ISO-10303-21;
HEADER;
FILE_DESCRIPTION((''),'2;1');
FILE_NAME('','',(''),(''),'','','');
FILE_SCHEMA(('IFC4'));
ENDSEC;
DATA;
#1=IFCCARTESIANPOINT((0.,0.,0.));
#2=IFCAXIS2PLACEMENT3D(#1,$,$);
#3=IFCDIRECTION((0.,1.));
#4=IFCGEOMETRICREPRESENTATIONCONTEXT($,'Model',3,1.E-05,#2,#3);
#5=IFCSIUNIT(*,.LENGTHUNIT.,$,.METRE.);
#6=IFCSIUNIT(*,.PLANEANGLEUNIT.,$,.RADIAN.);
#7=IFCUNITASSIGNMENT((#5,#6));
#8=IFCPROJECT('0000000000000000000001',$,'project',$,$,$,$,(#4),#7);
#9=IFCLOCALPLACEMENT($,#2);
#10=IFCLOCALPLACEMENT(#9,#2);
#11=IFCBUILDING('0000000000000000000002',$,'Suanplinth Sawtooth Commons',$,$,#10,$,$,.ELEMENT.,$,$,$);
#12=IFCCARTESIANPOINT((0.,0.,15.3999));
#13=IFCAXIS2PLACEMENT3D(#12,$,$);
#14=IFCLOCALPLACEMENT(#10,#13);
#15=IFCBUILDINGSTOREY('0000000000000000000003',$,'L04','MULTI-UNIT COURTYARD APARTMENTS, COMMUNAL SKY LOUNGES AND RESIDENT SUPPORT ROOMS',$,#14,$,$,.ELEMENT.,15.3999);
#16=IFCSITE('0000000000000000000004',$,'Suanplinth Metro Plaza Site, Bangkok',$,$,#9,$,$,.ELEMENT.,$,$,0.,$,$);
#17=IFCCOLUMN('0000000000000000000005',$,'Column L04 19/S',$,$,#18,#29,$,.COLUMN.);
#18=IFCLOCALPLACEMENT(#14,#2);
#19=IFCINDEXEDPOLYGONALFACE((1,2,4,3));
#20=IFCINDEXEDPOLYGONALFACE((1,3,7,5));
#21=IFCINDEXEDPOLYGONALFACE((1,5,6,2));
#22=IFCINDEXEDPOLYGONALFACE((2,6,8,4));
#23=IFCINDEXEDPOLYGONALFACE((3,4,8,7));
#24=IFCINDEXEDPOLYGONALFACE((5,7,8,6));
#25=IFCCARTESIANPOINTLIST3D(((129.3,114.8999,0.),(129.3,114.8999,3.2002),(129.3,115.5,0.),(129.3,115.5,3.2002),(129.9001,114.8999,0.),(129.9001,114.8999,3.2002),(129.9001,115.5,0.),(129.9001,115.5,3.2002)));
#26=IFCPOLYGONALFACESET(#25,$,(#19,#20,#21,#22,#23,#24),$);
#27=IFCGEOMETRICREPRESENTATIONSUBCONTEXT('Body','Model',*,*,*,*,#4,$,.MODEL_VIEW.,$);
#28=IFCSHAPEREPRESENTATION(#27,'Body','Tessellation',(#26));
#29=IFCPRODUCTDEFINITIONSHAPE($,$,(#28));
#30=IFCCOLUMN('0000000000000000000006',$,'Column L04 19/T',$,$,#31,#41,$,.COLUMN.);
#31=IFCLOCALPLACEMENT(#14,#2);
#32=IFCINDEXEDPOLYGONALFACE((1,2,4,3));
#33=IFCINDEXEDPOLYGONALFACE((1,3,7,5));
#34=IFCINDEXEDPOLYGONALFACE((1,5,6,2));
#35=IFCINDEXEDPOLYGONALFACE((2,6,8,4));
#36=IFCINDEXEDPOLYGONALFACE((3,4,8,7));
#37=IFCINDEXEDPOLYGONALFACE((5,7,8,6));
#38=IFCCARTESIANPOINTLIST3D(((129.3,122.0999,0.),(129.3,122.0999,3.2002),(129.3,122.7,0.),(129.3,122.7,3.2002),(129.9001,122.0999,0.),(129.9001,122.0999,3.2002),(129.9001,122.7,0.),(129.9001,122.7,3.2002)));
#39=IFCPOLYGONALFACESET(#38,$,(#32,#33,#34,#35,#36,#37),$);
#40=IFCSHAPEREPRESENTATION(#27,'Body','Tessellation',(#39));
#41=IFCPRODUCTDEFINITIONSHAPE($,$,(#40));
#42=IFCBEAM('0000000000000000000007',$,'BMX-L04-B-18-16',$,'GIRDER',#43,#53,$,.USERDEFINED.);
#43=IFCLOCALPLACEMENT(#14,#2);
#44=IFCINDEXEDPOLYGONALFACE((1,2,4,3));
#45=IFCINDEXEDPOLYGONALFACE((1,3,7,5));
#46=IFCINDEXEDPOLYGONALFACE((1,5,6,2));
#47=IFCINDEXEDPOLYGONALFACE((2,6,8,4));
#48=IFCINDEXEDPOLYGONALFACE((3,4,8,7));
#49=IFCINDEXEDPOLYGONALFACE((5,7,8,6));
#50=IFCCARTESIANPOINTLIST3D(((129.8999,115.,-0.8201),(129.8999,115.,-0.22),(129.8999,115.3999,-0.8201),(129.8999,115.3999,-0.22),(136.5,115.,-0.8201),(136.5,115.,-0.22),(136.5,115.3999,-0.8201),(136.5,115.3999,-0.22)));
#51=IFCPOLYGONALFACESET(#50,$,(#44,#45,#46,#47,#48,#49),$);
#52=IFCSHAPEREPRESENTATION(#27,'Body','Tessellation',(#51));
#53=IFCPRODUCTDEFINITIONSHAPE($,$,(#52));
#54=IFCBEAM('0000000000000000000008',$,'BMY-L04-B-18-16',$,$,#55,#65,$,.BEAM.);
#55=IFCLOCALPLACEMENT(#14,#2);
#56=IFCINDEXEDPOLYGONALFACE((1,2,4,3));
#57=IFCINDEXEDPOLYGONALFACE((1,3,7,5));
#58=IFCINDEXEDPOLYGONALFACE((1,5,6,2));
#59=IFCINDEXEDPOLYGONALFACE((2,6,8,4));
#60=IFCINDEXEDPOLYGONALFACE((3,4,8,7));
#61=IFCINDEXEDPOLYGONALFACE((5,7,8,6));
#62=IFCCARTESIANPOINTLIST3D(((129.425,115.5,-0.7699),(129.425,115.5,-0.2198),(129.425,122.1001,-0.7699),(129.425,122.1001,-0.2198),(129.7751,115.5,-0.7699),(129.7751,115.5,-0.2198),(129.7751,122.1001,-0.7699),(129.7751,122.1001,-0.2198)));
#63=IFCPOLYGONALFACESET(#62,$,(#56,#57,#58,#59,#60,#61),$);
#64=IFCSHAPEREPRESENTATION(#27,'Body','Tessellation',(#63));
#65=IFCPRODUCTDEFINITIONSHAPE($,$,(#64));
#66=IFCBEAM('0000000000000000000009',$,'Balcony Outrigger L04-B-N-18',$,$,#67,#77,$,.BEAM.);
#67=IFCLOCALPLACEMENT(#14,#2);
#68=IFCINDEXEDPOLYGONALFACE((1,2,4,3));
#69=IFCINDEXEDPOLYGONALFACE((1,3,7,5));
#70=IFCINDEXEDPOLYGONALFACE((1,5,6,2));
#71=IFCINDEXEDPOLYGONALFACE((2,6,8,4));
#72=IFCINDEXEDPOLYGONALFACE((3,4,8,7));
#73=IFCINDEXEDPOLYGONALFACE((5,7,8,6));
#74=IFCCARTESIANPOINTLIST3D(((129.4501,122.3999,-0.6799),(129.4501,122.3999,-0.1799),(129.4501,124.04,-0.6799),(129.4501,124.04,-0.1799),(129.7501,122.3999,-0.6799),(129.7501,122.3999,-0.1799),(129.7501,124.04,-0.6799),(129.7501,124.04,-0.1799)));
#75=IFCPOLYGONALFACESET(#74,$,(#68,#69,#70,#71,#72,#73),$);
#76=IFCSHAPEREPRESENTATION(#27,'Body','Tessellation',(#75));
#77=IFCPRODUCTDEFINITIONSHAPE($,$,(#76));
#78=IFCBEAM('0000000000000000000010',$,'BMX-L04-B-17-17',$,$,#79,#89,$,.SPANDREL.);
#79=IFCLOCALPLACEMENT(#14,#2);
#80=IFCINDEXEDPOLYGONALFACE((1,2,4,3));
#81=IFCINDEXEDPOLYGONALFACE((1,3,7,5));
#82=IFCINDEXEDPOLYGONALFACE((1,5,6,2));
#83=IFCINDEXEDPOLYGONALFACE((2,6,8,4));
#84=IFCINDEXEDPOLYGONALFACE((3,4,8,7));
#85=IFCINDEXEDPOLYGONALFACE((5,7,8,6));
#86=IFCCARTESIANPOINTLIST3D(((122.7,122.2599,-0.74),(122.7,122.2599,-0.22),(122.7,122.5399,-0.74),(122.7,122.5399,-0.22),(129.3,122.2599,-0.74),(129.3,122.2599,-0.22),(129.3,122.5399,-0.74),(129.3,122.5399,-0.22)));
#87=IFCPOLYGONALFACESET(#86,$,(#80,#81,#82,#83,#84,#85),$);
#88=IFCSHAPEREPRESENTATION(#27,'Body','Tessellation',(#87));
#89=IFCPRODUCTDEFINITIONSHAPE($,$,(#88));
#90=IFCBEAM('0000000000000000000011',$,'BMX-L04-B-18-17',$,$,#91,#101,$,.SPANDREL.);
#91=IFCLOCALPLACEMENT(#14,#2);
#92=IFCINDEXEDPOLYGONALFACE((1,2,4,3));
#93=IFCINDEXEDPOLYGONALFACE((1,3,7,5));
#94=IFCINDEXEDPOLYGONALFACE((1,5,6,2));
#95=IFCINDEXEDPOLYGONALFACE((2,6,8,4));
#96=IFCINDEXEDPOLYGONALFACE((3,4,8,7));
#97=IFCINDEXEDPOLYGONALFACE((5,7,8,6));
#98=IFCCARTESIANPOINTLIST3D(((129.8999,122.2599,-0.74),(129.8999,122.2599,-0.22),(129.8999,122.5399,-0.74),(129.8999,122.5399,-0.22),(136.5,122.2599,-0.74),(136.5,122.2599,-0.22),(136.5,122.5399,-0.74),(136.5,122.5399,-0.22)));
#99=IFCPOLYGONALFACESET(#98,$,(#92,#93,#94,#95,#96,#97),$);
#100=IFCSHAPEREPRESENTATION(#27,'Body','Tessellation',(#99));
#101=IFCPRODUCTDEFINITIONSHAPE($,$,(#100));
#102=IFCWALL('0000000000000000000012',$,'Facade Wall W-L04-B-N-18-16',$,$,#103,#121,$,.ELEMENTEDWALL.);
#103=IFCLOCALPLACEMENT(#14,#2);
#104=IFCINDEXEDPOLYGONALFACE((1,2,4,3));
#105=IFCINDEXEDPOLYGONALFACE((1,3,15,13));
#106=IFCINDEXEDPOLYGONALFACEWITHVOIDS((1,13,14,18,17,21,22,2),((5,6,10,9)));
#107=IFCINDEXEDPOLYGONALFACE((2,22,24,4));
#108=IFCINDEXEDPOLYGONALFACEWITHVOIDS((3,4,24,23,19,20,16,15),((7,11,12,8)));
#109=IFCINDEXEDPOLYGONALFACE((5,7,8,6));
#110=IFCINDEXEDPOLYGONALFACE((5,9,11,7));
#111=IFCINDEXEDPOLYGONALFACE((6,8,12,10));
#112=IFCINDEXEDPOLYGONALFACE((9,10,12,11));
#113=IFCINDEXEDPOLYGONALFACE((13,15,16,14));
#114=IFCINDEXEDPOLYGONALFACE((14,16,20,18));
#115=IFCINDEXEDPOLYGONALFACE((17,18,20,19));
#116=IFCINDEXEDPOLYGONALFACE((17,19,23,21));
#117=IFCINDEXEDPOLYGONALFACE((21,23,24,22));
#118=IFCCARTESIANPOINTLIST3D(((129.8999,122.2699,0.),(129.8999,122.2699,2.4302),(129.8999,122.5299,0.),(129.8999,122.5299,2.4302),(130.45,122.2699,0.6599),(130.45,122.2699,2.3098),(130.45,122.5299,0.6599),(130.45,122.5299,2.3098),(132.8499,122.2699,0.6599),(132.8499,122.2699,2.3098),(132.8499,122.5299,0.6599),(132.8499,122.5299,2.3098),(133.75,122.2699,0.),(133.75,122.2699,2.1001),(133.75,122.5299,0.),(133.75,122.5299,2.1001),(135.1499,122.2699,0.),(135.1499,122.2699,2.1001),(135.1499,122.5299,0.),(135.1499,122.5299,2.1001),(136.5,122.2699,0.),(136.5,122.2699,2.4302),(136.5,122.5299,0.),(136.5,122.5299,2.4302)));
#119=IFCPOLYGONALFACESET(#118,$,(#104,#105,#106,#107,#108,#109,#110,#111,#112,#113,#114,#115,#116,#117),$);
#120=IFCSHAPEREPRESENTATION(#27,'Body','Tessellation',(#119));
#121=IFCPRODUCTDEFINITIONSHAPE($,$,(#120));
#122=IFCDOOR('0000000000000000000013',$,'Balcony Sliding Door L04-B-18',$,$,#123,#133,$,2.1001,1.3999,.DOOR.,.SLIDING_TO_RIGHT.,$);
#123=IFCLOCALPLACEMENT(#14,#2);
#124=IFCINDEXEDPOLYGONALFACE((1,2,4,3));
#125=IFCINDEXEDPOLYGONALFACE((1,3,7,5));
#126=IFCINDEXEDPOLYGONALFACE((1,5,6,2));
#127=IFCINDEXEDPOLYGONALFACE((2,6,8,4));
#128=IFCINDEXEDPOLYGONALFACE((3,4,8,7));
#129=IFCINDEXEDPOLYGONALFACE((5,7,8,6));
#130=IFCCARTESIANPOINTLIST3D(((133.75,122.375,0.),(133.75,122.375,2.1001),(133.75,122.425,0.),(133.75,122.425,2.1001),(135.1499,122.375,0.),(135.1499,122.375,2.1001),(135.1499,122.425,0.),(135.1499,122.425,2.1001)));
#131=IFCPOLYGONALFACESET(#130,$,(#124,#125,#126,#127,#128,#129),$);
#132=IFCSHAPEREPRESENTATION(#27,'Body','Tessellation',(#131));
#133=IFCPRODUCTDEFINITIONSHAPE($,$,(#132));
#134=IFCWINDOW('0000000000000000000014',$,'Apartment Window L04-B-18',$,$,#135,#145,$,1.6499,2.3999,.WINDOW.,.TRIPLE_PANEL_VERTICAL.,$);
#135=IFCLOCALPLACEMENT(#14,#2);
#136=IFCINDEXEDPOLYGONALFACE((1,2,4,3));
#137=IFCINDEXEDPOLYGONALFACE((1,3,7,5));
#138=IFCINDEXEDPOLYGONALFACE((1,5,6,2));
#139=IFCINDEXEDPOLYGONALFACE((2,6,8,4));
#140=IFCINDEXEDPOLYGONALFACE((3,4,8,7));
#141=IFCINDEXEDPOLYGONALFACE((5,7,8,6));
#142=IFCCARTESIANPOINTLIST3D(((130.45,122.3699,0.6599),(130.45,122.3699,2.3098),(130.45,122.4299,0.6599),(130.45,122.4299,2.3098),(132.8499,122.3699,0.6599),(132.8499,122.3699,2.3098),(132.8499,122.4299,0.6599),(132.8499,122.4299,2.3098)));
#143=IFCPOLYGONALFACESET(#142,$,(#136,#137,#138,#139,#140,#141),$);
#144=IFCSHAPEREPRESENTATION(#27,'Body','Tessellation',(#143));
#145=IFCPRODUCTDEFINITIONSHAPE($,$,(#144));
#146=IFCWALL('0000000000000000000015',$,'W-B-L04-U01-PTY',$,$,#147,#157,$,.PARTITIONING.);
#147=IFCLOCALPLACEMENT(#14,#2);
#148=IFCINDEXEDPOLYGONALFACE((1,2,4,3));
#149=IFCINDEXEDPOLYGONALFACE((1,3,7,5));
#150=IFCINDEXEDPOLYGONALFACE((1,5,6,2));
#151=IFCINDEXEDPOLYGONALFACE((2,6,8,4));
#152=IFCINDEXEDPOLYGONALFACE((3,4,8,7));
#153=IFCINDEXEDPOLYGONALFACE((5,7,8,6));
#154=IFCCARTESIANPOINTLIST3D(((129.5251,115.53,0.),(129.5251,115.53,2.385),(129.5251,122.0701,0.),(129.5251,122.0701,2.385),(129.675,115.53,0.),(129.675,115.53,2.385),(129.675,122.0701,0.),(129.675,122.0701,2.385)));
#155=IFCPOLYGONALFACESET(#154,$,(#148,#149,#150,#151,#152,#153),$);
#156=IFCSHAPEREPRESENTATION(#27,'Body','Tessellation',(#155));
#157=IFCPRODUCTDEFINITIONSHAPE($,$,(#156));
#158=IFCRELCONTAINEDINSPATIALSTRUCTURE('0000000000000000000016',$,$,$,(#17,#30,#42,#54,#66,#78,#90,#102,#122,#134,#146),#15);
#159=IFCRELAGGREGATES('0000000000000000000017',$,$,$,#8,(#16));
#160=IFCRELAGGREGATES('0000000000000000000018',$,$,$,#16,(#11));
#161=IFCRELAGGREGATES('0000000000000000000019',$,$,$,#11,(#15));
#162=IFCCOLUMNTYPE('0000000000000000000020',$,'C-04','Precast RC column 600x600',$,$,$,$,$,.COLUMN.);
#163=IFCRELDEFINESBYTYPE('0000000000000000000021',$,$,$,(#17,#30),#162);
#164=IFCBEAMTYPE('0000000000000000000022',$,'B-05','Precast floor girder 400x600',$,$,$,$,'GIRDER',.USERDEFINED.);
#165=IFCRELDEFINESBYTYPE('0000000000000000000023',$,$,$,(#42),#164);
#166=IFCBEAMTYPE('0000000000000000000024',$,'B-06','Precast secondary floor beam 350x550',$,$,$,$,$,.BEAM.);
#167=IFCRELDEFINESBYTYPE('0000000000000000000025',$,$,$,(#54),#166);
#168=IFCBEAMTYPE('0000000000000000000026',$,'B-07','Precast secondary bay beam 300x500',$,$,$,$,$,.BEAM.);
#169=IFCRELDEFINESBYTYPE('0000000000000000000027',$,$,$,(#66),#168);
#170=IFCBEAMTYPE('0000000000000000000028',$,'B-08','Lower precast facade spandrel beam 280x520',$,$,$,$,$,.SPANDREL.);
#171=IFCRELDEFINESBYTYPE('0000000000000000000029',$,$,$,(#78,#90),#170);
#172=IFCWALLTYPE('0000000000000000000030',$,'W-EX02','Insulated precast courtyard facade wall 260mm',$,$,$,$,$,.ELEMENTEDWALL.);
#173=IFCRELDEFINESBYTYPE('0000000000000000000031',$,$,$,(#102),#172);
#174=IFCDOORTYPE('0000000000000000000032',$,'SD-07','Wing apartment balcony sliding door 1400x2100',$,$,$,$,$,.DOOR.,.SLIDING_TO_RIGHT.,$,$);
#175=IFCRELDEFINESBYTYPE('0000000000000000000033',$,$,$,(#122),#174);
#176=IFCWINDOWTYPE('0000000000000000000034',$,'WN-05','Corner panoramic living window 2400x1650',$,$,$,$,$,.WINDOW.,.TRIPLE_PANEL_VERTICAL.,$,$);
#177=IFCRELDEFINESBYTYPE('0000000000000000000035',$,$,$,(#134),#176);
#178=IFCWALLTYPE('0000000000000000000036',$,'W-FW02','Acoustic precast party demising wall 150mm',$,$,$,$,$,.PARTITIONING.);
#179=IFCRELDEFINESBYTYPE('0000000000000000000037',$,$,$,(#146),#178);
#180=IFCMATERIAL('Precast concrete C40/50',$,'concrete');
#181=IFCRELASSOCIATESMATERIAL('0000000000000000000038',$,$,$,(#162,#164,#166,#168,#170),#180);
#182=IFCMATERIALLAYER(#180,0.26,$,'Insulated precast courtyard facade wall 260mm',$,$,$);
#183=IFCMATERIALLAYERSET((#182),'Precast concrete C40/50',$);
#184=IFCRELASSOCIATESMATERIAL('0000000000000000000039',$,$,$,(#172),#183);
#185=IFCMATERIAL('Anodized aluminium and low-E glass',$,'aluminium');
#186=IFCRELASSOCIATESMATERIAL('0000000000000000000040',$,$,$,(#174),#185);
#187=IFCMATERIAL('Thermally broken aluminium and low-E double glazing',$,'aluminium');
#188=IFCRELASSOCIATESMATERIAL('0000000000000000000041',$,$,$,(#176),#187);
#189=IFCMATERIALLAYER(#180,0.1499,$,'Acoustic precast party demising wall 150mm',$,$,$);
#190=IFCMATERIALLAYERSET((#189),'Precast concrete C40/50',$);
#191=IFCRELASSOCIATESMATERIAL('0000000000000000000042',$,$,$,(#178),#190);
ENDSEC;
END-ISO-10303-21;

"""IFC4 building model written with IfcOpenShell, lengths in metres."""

from ifc_helpers import new_model, si_unit, direction, frame, frame_2d, origin, origin_2d, place, context, subcontext, project, spatial, rectangle, extrude, material, layer, layer_set, material_profile, profile_set, type_object, element, fill, save


model = new_model("IFC4")

# Units and contexts
model_context = context("Model", 3, precision=1e-05, world=origin(), true_north=direction((0.0, 1.0)))
body_context = subcontext(model_context, "Body", "Model", "MODEL_VIEW")
ifc_project = project(units=[si_unit("LENGTHUNIT", "METRE"), si_unit("PLANEANGLEUNIT", "RADIAN")], contexts=[model_context])

# Site, building, storey
site_placement = place(None, origin())
site = spatial("IfcSite", under=ifc_project, at=site_placement, Name="Suanplinth Metro Plaza Site, Bangkok", CompositionType="ELEMENT", RefElevation=0.0)
building_placement = place(site_placement, origin())
building = spatial("IfcBuilding", under=site, at=building_placement, Name="Suanplinth Sawtooth Commons", CompositionType="ELEMENT")
storey_placement = place(building_placement, frame((0.0, 0.0, 15.3999)))
storey = spatial("IfcBuildingStorey", under=building, at=storey_placement, Name="L04", Description="MULTI-UNIT COURTYARD APARTMENTS, COMMUNAL SKY LOUNGES AND RESIDENT SUPPORT ROOMS", CompositionType="ELEMENT", Elevation=15.3999)

# Columns
ifc_material_1 = material(Name="Precast concrete C40/50", Category="concrete")
ifc_material_profile_1 = material_profile(ifc_material_1, rectangle(XDim=0.6001, YDim=0.6001, at=origin_2d()), Name="PC-COL 600x600")
ifc_profile_set_1 = profile_set([ifc_material_profile_1], Name="Precast concrete C40/50")
column_type = type_object("IfcColumnType", Name="C-04", Description="Precast RC column 600x600", PredefinedType="COLUMN", material=ifc_profile_set_1)
for number, where, z_axis, x_axis, name in (
    (1, (129.6001, 115.2, 0.0), (0.0, 0.0, 1.0), (1.0, 0.0, 0.0), "Column L04 19/S"),
    (2, (129.6001, 122.3999, 0.0), (0.0, 0.0, 1.0), (1.0, 0.0, 0.0), "Column L04 19/T"),
):
    element("IfcColumn", number, at=place(storey_placement, frame(where, z_axis=z_axis, x_axis=x_axis)), inside=storey, type_object=column_type, Name=name, PredefinedType="COLUMN", context=body_context, shape_type="SweptSolid", body=[
        extrude(rectangle(XDim=0.6001, YDim=0.6001, at=origin_2d()), origin(), (0.0, 0.0, 1.0), 3.2002),
    ])

# Beams
ifc_material_profile_2 = material_profile(ifc_material_1, rectangle(XDim=0.3999, YDim=0.6001, at=origin_2d()), Name="PC-GDR 400x600")
ifc_profile_set_2 = profile_set([ifc_material_profile_2], Name="Precast concrete C40/50")
beam_type_1 = type_object("IfcBeamType", Name="B-05", Description="Precast floor girder 400x600", ElementType="GIRDER", PredefinedType="USERDEFINED", material=ifc_profile_set_2)
beam_1_placement = place(storey_placement, frame((129.8999, 115.2, -0.52), z_axis=(1.0, 0.0, 0.0), x_axis=(0.0, 1.0, 0.0)))
element("IfcBeam", 3, at=beam_1_placement, inside=storey, type_object=beam_type_1, Name="BMX-L04-B-18-16", ObjectType="GIRDER", PredefinedType="USERDEFINED", context=body_context, shape_type="SweptSolid", body=[
    extrude(rectangle(XDim=0.3999, YDim=0.6001, at=origin_2d()), origin(), (0.0, 0.0, 1.0), 6.6001),
])
ifc_material_profile_3 = material_profile(ifc_material_1, rectangle(XDim=0.3501, YDim=0.55, at=origin_2d()), Name="PC-BM 350x550")
ifc_profile_set_3 = profile_set([ifc_material_profile_3], Name="Precast concrete C40/50")
beam_type_2 = type_object("IfcBeamType", Name="B-06", Description="Precast secondary floor beam 350x550", PredefinedType="BEAM", material=ifc_profile_set_3)
beam_2_placement = place(storey_placement, frame((129.6001, 115.5, -0.4949), z_axis=(0.0, 1.0, 0.0), x_axis=(-1.0, 0.0, 0.0)))
element("IfcBeam", 4, at=beam_2_placement, inside=storey, type_object=beam_type_2, Name="BMY-L04-B-18-16", PredefinedType="BEAM", context=body_context, shape_type="SweptSolid", body=[
    extrude(rectangle(XDim=0.3501, YDim=0.55, at=origin_2d()), origin(), (0.0, 0.0, 1.0), 6.6001),
])
ifc_material_profile_4 = material_profile(ifc_material_1, rectangle(XDim=0.3, YDim=0.5, at=origin_2d()), Name="PC-BM 300x500")
ifc_profile_set_4 = profile_set([ifc_material_profile_4], Name="Precast concrete C40/50")
beam_type_3 = type_object("IfcBeamType", Name="B-07", Description="Precast secondary bay beam 300x500", PredefinedType="BEAM", material=ifc_profile_set_4)
beam_3_placement = place(storey_placement, frame((129.6001, 122.3999, -0.4299), z_axis=(0.0, 1.0, 0.0), x_axis=(-1.0, 0.0, 0.0)))
element("IfcBeam", 5, at=beam_3_placement, inside=storey, type_object=beam_type_3, Name="Balcony Outrigger L04-B-N-18", PredefinedType="BEAM", context=body_context, shape_type="SweptSolid", body=[
    extrude(rectangle(XDim=0.3, YDim=0.5, at=origin_2d()), origin(), (0.0, 0.0, 1.0), 1.6401),
])
ifc_material_profile_5 = material_profile(ifc_material_1, rectangle(XDim=0.28, YDim=0.52, at=origin_2d()), Name="PC-SP 280x520")
ifc_profile_set_5 = profile_set([ifc_material_profile_5], Name="Precast concrete C40/50")
beam_type_4 = type_object("IfcBeamType", Name="B-08", Description="Lower precast facade spandrel beam 280x520", PredefinedType="SPANDREL", material=ifc_profile_set_5)
for number, where, z_axis, x_axis, name in (
    (6, (122.7, 122.3999, -0.48), (1.0, 0.0, 0.0), (0.0, 1.0, 0.0), "BMX-L04-B-17-17"),
    (7, (129.8999, 122.3999, -0.48), (1.0, 0.0, 0.0), (0.0, 1.0, 0.0), "BMX-L04-B-18-17"),
):
    element("IfcBeam", number, at=place(storey_placement, frame(where, z_axis=z_axis, x_axis=x_axis)), inside=storey, type_object=beam_type_4, Name=name, PredefinedType="SPANDREL", context=body_context, shape_type="SweptSolid", body=[
        extrude(rectangle(XDim=0.28, YDim=0.52, at=origin_2d()), origin(), (0.0, 0.0, 1.0), 6.6001),
    ])

# Wall, openings, door, window
ifc_layer_1 = layer(ifc_material_1, 0.26, Name="Insulated precast courtyard facade wall 260mm")
ifc_layer_set_1 = layer_set([ifc_layer_1], Name="Precast concrete C40/50")
wall_type_1 = type_object("IfcWallType", Name="W-EX02", Description="Insulated precast courtyard facade wall 260mm", PredefinedType="ELEMENTEDWALL", material=ifc_layer_set_1)
ifc_material_2 = material(Name="Anodized aluminium and low-E glass", Category="aluminium")
ifc_material_3 = material(Name="Thermally broken aluminium and low-E double glazing", Category="aluminium")
wall_1_placement = place(storey_placement, frame((129.8999, 122.3999, 0.0), z_axis=(0.0, 0.0, 1.0), x_axis=(1.0, 0.0, 0.0)))
wall_1 = element("IfcWall", 8, at=wall_1_placement, inside=storey, type_object=wall_type_1, Name="Facade Wall W-L04-B-N-18-16", PredefinedType="ELEMENTEDWALL", context=body_context, shape_type="SweptSolid", body=[
    extrude(rectangle(XDim=6.6001, YDim=0.26, at=frame_2d((3.3, 0.0))), origin(), (0.0, 0.0, 1.0), 2.4302),
])
opening_1_placement = place(wall_1_placement, frame((3.8501, 0.0, 0.0)))
opening_1 = element("IfcOpeningElement", 9, at=opening_1_placement, cuts=wall_1, PredefinedType="OPENING", context=body_context, shape_type="SweptSolid", body=[
    extrude(rectangle(XDim=1.3999, YDim=2.1001, at=frame_2d((0.7, 1.05))), frame((0.0, 0.145, 0.0), z_axis=(0.0, -1.0, 0.0), x_axis=(1.0, 0.0, 0.0)), (0.0, 0.0, 1.0), 0.2898),
])
opening_2_placement = place(wall_1_placement, frame((0.55, 0.0, 0.6599)))
opening_2 = element("IfcOpeningElement", 10, at=opening_2_placement, cuts=wall_1, PredefinedType="OPENING", context=body_context, shape_type="SweptSolid", body=[
    extrude(rectangle(XDim=2.3999, YDim=1.6499, at=frame_2d((1.2, 0.825))), frame((0.0, 0.145, 0.0), z_axis=(0.0, -1.0, 0.0), x_axis=(1.0, 0.0, 0.0)), (0.0, 0.0, 1.0), 0.2898),
])
door_type_1 = type_object("IfcDoorType", Name="SD-07", Description="Wing apartment balcony sliding door 1400x2100", OperationType="SLIDING_TO_RIGHT", PredefinedType="DOOR", material=ifc_material_2)
door_1_placement = place(opening_1_placement, frame((1.3999, 0.0, 0.0), z_axis=(0.0, 0.0, 1.0), x_axis=(-1.0, 0.0, 0.0)))
door_1 = element("IfcDoor", 11, at=door_1_placement, inside=storey, type_object=door_type_1, Name="Balcony Sliding Door L04-B-18", OperationType="SLIDING_TO_RIGHT", OverallHeight=2.1001, OverallWidth=1.3999, PredefinedType="DOOR", context=body_context, shape_type="SweptSolid", body=[
    extrude(rectangle(XDim=1.3999, YDim=2.1001, at=frame_2d((0.7, 1.05))), frame((0.0, 0.0249, 0.0), z_axis=(0.0, -1.0, 0.0), x_axis=(1.0, 0.0, 0.0)), (0.0, 0.0, 1.0), 0.05),
])
fill(opening_1, door_1)
window_type_1 = type_object("IfcWindowType", Name="WN-05", Description="Corner panoramic living window 2400x1650", PartitioningType="TRIPLE_PANEL_VERTICAL", PredefinedType="WINDOW", material=ifc_material_3)
window_1_placement = place(opening_2_placement, origin())
window_1 = element("IfcWindow", 12, at=window_1_placement, inside=storey, type_object=window_type_1, Name="Apartment Window L04-B-18", OverallHeight=1.6499, OverallWidth=2.3999, PartitioningType="TRIPLE_PANEL_VERTICAL", PredefinedType="WINDOW", context=body_context, shape_type="SweptSolid", body=[
    extrude(rectangle(XDim=2.3999, YDim=1.6499, at=frame_2d((1.2, 0.825))), frame((0.0, 0.03, 0.0), z_axis=(0.0, -1.0, 0.0), x_axis=(1.0, 0.0, 0.0)), (0.0, 0.0, 1.0), 0.0601),
])
fill(opening_2, window_1)

# Wall
ifc_layer_2 = layer(ifc_material_1, 0.1499, Name="Acoustic precast party demising wall 150mm")
ifc_layer_set_2 = layer_set([ifc_layer_2], Name="Precast concrete C40/50")
wall_type_2 = type_object("IfcWallType", Name="W-FW02", Description="Acoustic precast party demising wall 150mm", PredefinedType="PARTITIONING", material=ifc_layer_set_2)
wall_2_placement = place(storey_placement, frame((129.6001, 115.53, 0.0), z_axis=(0.0, 0.0, 1.0), x_axis=(0.0, 1.0, 0.0)))
element("IfcWall", 13, at=wall_2_placement, inside=storey, type_object=wall_type_2, Name="W-B-L04-U01-PTY", PredefinedType="PARTITIONING", context=body_context, shape_type="SweptSolid", body=[
    extrude(rectangle(XDim=6.54, YDim=0.1499, at=frame_2d((3.27, 0.0))), origin(), (0.0, 0.0, 1.0), 2.385),
])

save(model, "model.ifc")
